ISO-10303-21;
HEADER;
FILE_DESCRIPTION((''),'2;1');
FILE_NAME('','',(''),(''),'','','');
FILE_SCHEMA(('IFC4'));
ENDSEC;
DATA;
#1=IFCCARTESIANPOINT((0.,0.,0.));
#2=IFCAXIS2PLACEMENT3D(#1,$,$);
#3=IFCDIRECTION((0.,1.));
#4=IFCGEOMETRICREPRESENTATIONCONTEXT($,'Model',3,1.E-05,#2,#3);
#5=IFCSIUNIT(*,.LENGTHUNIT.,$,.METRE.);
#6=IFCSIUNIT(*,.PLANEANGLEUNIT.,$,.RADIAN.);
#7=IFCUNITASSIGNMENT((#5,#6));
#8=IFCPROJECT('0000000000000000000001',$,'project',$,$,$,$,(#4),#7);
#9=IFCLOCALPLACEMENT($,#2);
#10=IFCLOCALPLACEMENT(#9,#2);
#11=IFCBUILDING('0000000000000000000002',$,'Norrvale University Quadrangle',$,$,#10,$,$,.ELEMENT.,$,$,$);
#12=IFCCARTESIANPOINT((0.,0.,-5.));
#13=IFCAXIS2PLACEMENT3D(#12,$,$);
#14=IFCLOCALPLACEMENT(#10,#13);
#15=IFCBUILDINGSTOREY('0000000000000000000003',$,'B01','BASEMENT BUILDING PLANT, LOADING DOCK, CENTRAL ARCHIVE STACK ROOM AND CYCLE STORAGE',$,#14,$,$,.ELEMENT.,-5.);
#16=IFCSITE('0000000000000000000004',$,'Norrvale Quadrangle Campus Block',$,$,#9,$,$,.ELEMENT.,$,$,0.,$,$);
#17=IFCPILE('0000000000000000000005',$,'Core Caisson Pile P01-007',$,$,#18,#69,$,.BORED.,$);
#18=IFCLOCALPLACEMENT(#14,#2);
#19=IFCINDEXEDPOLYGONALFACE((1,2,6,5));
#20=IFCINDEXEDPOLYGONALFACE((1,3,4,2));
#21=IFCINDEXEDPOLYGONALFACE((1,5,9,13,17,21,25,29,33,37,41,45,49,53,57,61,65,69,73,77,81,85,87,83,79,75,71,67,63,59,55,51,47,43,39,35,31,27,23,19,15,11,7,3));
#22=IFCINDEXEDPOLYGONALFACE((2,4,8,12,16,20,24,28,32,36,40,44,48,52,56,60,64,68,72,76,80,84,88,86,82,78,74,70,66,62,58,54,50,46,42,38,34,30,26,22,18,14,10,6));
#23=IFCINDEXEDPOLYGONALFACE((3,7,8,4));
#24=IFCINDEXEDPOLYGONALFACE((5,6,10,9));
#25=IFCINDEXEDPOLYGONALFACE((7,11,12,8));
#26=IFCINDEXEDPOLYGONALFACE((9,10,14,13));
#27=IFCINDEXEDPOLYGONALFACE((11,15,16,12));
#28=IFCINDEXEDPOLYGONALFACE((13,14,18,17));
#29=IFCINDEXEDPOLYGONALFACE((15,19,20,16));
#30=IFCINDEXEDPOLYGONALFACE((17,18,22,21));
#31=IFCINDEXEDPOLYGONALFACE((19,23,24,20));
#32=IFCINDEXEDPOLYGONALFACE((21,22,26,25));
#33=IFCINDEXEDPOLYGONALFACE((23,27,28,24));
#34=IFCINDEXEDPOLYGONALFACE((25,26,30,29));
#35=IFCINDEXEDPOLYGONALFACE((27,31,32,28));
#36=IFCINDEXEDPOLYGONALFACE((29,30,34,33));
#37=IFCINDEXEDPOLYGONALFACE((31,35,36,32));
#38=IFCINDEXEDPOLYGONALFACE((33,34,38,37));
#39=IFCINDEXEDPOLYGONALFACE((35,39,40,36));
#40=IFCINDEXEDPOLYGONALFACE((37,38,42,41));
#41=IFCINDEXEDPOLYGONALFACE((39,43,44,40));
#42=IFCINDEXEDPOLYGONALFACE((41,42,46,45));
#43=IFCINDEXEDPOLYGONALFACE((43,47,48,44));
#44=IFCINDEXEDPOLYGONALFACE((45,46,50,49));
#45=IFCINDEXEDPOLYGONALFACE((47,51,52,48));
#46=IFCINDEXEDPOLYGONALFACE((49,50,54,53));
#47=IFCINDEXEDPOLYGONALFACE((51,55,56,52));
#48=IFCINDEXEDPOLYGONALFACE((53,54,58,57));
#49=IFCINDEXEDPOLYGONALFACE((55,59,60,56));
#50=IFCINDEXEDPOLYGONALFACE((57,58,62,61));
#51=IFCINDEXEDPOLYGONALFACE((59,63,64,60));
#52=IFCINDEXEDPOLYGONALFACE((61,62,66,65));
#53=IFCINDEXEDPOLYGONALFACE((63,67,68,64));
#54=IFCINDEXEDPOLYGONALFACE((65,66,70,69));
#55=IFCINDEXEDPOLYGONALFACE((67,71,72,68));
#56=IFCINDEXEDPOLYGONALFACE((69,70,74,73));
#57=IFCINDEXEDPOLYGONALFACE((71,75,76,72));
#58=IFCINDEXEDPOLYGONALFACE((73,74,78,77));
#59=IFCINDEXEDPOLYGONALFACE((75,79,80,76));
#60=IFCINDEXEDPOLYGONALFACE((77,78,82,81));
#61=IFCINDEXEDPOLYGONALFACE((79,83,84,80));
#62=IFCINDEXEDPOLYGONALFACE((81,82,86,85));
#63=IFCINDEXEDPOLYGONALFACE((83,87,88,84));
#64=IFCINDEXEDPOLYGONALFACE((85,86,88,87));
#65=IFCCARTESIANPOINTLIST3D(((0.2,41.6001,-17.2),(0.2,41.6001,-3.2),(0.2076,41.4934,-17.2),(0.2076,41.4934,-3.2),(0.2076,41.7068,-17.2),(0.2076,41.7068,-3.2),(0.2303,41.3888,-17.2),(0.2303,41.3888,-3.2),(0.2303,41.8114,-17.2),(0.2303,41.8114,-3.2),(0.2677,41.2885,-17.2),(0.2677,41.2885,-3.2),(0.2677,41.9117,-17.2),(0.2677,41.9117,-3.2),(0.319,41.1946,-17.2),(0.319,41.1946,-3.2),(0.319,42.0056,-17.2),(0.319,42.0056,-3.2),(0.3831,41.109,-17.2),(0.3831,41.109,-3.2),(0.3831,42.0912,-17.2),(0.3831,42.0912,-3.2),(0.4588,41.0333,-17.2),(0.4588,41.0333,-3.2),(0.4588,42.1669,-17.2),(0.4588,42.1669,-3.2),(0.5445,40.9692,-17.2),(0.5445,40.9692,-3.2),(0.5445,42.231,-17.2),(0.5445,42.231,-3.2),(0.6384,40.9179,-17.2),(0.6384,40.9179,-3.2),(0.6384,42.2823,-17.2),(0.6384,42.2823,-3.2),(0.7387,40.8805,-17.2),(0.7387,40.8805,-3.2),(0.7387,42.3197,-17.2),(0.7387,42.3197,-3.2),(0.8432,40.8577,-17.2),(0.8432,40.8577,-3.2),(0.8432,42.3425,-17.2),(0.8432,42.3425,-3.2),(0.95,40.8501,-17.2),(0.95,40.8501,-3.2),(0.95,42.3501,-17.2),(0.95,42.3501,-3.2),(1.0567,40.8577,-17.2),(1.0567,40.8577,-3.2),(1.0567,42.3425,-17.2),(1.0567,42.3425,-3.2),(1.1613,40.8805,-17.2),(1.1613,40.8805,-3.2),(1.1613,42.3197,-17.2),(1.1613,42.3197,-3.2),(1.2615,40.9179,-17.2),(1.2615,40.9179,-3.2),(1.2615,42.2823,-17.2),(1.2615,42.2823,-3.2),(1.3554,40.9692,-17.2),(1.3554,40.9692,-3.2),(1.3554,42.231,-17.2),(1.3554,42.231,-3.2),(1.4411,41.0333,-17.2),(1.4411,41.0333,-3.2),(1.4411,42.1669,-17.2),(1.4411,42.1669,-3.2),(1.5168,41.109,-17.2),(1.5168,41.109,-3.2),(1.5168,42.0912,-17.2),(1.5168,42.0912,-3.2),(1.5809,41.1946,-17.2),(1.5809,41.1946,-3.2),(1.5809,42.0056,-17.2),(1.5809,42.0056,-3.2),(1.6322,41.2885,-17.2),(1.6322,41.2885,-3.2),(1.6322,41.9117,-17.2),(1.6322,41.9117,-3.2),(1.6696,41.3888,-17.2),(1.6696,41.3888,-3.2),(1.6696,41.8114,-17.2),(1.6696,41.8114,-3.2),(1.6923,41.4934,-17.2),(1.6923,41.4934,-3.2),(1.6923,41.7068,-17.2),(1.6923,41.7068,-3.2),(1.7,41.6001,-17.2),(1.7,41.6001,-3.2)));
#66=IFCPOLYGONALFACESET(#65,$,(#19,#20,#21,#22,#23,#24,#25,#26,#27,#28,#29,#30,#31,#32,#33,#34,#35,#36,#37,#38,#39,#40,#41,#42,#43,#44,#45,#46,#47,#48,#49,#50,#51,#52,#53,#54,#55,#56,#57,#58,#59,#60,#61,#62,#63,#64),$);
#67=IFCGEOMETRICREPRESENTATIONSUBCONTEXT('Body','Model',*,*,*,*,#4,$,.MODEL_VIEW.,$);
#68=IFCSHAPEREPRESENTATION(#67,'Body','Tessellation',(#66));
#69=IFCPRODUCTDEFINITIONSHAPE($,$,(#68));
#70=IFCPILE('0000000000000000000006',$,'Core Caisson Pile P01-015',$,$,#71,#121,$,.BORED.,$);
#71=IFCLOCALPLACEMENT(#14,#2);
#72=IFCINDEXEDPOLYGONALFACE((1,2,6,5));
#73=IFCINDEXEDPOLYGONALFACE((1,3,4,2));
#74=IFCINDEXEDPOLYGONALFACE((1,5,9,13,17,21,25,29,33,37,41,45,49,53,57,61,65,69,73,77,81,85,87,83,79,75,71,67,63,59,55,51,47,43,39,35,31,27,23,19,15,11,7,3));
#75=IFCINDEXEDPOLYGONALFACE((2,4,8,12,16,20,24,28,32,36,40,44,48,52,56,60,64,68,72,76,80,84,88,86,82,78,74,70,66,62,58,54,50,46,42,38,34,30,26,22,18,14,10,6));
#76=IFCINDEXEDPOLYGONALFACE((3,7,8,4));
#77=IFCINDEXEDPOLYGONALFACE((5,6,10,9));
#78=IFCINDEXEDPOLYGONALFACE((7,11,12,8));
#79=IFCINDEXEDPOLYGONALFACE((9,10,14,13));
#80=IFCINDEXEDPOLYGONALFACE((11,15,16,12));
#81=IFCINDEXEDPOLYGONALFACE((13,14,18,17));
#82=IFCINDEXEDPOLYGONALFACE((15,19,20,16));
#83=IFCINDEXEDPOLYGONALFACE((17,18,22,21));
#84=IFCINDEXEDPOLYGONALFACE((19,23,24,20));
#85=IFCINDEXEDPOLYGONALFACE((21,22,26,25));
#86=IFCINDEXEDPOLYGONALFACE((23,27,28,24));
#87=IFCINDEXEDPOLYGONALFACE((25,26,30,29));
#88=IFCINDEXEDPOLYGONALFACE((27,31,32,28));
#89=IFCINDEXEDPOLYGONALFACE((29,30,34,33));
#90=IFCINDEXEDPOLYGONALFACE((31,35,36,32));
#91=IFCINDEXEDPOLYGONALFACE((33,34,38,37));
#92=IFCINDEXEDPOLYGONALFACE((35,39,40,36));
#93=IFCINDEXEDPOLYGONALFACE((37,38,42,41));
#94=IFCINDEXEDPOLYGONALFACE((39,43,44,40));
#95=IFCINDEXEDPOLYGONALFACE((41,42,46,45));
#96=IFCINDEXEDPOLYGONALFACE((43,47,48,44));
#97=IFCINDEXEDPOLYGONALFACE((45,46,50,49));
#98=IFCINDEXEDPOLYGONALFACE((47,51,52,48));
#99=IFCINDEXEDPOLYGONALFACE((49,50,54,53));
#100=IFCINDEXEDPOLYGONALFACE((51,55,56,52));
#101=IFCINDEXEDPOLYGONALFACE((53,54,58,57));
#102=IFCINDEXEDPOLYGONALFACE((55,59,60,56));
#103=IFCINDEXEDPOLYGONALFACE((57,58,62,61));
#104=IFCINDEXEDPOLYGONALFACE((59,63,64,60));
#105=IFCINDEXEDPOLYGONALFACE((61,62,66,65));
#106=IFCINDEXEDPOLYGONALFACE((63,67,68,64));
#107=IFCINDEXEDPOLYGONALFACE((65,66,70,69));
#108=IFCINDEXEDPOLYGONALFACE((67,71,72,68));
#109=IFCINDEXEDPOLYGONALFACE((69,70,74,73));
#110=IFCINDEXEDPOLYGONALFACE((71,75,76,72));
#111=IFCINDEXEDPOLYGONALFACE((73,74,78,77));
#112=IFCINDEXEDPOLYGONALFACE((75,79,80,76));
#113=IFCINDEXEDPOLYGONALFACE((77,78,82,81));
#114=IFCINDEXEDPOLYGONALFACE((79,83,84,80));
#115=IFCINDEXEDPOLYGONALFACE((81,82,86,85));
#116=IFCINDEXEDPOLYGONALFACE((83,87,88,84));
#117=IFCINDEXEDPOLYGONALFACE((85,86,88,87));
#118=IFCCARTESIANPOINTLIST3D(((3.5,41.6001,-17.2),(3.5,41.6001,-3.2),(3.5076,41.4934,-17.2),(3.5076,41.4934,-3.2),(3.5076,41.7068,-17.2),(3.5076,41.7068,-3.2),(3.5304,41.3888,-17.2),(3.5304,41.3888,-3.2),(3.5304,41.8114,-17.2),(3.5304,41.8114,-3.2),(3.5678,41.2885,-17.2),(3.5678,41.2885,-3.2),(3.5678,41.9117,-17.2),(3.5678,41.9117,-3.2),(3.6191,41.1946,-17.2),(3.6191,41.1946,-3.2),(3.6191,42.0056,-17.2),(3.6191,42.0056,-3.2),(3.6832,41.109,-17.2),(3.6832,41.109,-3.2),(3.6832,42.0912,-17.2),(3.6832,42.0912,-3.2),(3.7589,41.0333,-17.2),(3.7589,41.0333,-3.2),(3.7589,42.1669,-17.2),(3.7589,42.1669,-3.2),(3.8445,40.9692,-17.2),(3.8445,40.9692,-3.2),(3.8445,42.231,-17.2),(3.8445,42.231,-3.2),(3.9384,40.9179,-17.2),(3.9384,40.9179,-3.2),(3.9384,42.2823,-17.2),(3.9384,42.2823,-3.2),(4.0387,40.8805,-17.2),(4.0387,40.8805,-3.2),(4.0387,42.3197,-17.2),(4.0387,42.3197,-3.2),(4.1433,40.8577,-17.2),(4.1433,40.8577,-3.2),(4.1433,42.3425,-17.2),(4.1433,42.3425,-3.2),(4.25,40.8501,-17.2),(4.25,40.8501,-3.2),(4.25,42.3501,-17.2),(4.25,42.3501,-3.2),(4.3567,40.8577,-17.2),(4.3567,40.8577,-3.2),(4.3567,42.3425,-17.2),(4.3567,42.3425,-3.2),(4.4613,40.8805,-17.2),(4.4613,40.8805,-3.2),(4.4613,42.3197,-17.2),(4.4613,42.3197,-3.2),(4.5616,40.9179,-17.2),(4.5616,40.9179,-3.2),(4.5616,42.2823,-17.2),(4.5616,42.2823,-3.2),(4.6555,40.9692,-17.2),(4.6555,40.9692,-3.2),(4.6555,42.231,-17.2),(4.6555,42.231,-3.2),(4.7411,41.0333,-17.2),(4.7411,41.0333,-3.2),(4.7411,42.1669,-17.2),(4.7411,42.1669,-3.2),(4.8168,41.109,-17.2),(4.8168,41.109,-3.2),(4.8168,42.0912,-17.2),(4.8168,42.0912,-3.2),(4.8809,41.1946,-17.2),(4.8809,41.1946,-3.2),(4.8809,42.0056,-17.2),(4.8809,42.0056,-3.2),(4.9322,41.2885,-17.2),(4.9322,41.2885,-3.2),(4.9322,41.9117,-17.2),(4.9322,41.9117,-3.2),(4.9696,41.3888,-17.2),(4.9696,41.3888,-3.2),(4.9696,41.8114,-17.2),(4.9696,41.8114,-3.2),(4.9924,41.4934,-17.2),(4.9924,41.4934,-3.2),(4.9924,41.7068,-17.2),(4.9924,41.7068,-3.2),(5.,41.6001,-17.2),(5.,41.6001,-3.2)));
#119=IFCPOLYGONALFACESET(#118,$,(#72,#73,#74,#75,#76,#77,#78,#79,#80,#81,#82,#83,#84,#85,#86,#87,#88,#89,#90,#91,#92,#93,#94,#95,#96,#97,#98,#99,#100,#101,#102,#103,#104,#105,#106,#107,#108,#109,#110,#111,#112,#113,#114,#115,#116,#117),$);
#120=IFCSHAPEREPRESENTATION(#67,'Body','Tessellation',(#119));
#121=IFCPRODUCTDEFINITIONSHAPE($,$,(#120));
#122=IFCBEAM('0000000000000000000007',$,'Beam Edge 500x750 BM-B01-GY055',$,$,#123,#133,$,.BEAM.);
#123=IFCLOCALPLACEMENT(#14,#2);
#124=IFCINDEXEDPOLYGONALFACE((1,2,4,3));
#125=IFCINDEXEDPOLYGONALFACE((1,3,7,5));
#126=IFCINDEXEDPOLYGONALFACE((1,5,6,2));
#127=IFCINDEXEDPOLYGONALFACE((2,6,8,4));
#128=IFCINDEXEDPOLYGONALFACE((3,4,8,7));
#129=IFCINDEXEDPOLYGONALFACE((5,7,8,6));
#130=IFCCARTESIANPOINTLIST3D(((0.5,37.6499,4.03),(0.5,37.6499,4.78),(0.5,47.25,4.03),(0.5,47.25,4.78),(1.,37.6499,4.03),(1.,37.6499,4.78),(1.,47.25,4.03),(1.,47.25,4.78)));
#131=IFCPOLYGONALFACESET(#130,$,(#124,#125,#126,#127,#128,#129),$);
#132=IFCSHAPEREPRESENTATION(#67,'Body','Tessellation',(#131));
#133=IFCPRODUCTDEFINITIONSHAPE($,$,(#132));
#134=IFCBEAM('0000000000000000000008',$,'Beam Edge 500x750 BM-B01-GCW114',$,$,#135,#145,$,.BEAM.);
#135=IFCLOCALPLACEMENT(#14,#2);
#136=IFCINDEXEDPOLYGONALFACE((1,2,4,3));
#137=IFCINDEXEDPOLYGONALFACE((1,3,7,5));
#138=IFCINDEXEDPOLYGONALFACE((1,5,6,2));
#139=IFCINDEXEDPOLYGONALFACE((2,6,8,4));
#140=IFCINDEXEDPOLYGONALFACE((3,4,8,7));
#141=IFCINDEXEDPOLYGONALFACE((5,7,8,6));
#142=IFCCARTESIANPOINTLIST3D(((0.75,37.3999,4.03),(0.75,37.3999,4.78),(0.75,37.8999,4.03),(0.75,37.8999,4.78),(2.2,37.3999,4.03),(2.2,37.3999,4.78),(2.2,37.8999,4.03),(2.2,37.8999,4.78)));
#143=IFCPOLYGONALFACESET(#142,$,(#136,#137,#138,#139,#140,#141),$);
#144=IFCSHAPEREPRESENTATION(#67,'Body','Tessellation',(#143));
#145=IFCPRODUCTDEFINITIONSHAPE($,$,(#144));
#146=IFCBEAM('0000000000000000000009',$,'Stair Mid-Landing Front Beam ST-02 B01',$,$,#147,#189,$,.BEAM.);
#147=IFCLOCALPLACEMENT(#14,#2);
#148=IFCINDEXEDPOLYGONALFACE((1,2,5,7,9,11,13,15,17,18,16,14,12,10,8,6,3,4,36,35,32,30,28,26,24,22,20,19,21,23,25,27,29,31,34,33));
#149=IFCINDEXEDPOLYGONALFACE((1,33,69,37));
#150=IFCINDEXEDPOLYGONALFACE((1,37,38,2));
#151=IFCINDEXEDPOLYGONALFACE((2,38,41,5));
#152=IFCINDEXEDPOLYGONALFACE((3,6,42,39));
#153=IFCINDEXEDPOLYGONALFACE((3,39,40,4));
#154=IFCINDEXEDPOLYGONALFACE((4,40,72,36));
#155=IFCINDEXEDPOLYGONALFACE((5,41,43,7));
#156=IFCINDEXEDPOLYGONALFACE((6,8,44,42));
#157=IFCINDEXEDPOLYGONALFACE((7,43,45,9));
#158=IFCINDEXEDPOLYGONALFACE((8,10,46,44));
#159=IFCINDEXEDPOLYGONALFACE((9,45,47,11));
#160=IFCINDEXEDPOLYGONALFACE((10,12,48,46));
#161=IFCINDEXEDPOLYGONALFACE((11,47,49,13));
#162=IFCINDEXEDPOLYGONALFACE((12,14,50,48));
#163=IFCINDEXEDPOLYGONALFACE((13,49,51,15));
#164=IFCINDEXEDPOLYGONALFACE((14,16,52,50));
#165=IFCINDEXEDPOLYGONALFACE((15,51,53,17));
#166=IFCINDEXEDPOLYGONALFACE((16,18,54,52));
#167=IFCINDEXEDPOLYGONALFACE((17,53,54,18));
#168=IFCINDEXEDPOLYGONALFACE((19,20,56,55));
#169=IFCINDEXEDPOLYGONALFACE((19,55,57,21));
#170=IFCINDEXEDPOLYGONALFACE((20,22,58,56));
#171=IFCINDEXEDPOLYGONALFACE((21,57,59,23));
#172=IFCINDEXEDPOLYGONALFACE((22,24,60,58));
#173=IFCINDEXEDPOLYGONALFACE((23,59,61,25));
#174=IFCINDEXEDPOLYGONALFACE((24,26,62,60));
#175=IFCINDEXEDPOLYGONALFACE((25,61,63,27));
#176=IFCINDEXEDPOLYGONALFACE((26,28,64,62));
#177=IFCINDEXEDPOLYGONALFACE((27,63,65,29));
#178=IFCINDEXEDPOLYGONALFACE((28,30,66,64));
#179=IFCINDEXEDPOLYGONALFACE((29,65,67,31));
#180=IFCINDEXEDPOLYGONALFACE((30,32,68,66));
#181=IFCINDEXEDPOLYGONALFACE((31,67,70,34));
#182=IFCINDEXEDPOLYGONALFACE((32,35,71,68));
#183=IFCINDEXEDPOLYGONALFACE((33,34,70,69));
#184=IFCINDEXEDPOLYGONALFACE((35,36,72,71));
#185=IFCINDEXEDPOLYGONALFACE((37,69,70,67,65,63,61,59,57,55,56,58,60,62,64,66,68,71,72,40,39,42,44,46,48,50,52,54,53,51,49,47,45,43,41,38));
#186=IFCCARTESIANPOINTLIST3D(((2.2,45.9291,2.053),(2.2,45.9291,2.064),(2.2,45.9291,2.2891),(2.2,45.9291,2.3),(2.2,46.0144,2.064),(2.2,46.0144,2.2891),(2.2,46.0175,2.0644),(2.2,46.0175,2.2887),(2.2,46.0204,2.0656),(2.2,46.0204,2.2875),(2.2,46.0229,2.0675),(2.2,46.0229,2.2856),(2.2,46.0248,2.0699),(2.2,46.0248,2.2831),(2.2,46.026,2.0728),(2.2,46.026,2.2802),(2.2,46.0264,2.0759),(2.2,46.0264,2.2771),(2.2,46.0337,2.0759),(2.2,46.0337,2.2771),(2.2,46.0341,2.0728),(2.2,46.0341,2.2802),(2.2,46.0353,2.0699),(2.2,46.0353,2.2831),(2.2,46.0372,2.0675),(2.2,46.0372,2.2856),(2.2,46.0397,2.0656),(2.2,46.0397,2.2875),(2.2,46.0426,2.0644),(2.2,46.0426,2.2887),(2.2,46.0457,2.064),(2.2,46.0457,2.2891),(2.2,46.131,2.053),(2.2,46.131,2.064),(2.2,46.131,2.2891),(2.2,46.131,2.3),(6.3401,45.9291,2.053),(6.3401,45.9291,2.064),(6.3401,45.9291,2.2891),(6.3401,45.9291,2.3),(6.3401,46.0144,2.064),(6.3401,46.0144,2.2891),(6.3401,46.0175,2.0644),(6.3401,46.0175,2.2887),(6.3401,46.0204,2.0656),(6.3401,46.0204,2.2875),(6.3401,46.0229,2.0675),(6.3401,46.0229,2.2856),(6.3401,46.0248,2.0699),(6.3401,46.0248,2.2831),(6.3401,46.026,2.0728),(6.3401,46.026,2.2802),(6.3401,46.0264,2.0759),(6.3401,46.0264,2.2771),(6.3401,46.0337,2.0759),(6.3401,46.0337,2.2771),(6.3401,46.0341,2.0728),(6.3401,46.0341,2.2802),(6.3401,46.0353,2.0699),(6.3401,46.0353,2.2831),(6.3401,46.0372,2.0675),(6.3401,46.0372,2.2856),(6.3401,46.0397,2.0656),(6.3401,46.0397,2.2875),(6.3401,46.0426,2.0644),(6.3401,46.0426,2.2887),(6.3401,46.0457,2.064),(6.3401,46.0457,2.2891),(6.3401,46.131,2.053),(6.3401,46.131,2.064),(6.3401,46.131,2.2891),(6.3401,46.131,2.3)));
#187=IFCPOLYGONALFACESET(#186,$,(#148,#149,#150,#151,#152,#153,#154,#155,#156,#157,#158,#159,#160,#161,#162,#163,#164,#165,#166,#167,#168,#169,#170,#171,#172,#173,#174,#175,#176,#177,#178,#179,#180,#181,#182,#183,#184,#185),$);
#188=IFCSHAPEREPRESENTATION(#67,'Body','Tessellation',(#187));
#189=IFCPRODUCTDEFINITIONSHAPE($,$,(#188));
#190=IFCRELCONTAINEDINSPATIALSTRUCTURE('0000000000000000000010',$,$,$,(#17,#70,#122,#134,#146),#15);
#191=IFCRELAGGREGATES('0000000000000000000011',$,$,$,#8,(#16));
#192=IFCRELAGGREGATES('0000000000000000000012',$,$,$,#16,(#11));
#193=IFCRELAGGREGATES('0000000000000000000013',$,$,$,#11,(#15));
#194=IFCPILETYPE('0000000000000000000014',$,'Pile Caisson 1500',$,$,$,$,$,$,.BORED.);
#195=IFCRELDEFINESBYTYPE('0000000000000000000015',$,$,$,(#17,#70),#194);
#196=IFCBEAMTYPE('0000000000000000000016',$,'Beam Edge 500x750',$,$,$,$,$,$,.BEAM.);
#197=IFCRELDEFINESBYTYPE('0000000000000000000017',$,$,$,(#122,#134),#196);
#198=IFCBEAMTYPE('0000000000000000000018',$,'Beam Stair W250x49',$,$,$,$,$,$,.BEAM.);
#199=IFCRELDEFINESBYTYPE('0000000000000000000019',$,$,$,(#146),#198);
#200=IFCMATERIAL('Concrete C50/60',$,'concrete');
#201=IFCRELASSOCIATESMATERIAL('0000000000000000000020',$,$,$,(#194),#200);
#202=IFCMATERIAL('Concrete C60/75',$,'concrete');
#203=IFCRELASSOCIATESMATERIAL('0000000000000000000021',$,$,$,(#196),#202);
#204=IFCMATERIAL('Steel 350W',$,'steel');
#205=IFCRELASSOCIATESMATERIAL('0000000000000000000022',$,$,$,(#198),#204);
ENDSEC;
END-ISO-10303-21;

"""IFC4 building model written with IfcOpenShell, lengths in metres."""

from ifc_helpers import new_model, si_unit, direction, frame, origin, origin_2d, place, context, subcontext, project, spatial, rectangle, circle, i_section, extrude, material, material_profile, profile_set, type_object, element, save


model = new_model("IFC4")

# Units and contexts
model_context = context("Model", 3, precision=1e-05, world=origin(), true_north=direction((0.0, 1.0)))
body_context = subcontext(model_context, "Body", "Model", "MODEL_VIEW")
ifc_project = project(units=[si_unit("LENGTHUNIT", "METRE"), si_unit("PLANEANGLEUNIT", "RADIAN")], contexts=[model_context])

# Site, building, storey
site_placement = place(None, origin())
site = spatial("IfcSite", under=ifc_project, at=site_placement, Name="Norrvale Quadrangle Campus Block", CompositionType="ELEMENT", RefElevation=0.0)
building_placement = place(site_placement, origin())
building = spatial("IfcBuilding", under=site, at=building_placement, Name="Norrvale University Quadrangle", CompositionType="ELEMENT")
storey_placement = place(building_placement, frame((0.0, 0.0, -5.0)))
storey = spatial("IfcBuildingStorey", under=building, at=storey_placement, Name="B01", Description="BASEMENT BUILDING PLANT, LOADING DOCK, CENTRAL ARCHIVE STACK ROOM AND CYCLE STORAGE", CompositionType="ELEMENT", Elevation=-5.0)

# Piles
ifc_material_1 = material(Name="Concrete C50/60", Category="concrete")
ifc_material_profile_1 = material_profile(ifc_material_1, circle(Radius=0.75, at=origin_2d()), Name="Concrete C50/60")
ifc_profile_set_1 = profile_set([ifc_material_profile_1], Name="Concrete C50/60")
pile_type = type_object("IfcPileType", Name="Pile Caisson 1500", PredefinedType="BORED", material=ifc_profile_set_1)
for number, where, z_axis, x_axis, name in (
    (1, (0.95, 41.6001, -3.2), (0.0, 0.0, -1.0), (1.0, 0.0, 0.0), "Core Caisson Pile P01-007"),
    (2, (4.25, 41.6001, -3.2), (0.0, 0.0, -1.0), (1.0, 0.0, 0.0), "Core Caisson Pile P01-015"),
):
    element("IfcPile", number, at=place(storey_placement, frame(where, z_axis=z_axis, x_axis=x_axis)), inside=storey, type_object=pile_type, Name=name, PredefinedType="BORED", context=body_context, shape_type="SweptSolid", body=[
        extrude(circle(Radius=0.75, at=origin_2d()), origin(), (0.0, 0.0, 1.0), 14.0),
    ])

# Beams
ifc_material_2 = material(Name="Concrete C60/75", Category="concrete")
ifc_material_profile_2 = material_profile(ifc_material_2, rectangle(XDim=0.5, YDim=0.75, at=origin_2d()), Name="Concrete C60/75")
ifc_profile_set_2 = profile_set([ifc_material_profile_2], Name="Concrete C60/75")
beam_type_1 = type_object("IfcBeamType", Name="Beam Edge 500x750", PredefinedType="BEAM", material=ifc_profile_set_2)
beam_1_placement = place(storey_placement, frame((0.75, 37.6499, 4.405), z_axis=(0.0, 1.0, 0.0), x_axis=(-1.0, 0.0, 0.0)))
element("IfcBeam", 3, at=beam_1_placement, inside=storey, type_object=beam_type_1, Name="Beam Edge 500x750 BM-B01-GY055", PredefinedType="BEAM", context=body_context, shape_type="SweptSolid", body=[
    extrude(rectangle(XDim=0.5, YDim=0.75, at=origin_2d()), origin(), (0.0, 0.0, 1.0), 9.6001),
])
beam_2_placement = place(storey_placement, frame((0.75, 37.6499, 4.405), z_axis=(1.0, 0.0, 0.0), x_axis=(0.0, 1.0, 0.0)))
element("IfcBeam", 4, at=beam_2_placement, inside=storey, type_object=beam_type_1, Name="Beam Edge 500x750 BM-B01-GCW114", PredefinedType="BEAM", context=body_context, shape_type="SweptSolid", body=[
    extrude(rectangle(XDim=0.5, YDim=0.75, at=origin_2d()), origin(), (0.0, 0.0, 1.0), 1.45),
])
ifc_material_3 = material(Name="Steel 350W", Category="steel")
ifc_material_profile_3 = material_profile(ifc_material_3, i_section(OverallWidth=0.2019, OverallDepth=0.2471, WebThickness=0.0073, FlangeThickness=0.011, FilletRadius=0.012, at=origin_2d()), Name="Steel 350W")
ifc_profile_set_3 = profile_set([ifc_material_profile_3], Name="Steel 350W")
beam_type_2 = type_object("IfcBeamType", Name="Beam Stair W250x49", PredefinedType="BEAM", material=ifc_profile_set_3)
beam_3_placement = place(storey_placement, frame((2.2, 46.03, 2.1765), z_axis=(1.0, 0.0, 0.0), x_axis=(0.0, 1.0, 0.0)))
element("IfcBeam", 5, at=beam_3_placement, inside=storey, type_object=beam_type_2, Name="Stair Mid-Landing Front Beam ST-02 B01", PredefinedType="BEAM", context=body_context, shape_type="SweptSolid", body=[
    extrude(i_section(OverallWidth=0.2019, OverallDepth=0.2471, WebThickness=0.0073, FlangeThickness=0.011, FilletRadius=0.012, at=origin_2d()), origin(), (0.0, 0.0, 1.0), 4.1401),
])

save(model, "model.ifc")
